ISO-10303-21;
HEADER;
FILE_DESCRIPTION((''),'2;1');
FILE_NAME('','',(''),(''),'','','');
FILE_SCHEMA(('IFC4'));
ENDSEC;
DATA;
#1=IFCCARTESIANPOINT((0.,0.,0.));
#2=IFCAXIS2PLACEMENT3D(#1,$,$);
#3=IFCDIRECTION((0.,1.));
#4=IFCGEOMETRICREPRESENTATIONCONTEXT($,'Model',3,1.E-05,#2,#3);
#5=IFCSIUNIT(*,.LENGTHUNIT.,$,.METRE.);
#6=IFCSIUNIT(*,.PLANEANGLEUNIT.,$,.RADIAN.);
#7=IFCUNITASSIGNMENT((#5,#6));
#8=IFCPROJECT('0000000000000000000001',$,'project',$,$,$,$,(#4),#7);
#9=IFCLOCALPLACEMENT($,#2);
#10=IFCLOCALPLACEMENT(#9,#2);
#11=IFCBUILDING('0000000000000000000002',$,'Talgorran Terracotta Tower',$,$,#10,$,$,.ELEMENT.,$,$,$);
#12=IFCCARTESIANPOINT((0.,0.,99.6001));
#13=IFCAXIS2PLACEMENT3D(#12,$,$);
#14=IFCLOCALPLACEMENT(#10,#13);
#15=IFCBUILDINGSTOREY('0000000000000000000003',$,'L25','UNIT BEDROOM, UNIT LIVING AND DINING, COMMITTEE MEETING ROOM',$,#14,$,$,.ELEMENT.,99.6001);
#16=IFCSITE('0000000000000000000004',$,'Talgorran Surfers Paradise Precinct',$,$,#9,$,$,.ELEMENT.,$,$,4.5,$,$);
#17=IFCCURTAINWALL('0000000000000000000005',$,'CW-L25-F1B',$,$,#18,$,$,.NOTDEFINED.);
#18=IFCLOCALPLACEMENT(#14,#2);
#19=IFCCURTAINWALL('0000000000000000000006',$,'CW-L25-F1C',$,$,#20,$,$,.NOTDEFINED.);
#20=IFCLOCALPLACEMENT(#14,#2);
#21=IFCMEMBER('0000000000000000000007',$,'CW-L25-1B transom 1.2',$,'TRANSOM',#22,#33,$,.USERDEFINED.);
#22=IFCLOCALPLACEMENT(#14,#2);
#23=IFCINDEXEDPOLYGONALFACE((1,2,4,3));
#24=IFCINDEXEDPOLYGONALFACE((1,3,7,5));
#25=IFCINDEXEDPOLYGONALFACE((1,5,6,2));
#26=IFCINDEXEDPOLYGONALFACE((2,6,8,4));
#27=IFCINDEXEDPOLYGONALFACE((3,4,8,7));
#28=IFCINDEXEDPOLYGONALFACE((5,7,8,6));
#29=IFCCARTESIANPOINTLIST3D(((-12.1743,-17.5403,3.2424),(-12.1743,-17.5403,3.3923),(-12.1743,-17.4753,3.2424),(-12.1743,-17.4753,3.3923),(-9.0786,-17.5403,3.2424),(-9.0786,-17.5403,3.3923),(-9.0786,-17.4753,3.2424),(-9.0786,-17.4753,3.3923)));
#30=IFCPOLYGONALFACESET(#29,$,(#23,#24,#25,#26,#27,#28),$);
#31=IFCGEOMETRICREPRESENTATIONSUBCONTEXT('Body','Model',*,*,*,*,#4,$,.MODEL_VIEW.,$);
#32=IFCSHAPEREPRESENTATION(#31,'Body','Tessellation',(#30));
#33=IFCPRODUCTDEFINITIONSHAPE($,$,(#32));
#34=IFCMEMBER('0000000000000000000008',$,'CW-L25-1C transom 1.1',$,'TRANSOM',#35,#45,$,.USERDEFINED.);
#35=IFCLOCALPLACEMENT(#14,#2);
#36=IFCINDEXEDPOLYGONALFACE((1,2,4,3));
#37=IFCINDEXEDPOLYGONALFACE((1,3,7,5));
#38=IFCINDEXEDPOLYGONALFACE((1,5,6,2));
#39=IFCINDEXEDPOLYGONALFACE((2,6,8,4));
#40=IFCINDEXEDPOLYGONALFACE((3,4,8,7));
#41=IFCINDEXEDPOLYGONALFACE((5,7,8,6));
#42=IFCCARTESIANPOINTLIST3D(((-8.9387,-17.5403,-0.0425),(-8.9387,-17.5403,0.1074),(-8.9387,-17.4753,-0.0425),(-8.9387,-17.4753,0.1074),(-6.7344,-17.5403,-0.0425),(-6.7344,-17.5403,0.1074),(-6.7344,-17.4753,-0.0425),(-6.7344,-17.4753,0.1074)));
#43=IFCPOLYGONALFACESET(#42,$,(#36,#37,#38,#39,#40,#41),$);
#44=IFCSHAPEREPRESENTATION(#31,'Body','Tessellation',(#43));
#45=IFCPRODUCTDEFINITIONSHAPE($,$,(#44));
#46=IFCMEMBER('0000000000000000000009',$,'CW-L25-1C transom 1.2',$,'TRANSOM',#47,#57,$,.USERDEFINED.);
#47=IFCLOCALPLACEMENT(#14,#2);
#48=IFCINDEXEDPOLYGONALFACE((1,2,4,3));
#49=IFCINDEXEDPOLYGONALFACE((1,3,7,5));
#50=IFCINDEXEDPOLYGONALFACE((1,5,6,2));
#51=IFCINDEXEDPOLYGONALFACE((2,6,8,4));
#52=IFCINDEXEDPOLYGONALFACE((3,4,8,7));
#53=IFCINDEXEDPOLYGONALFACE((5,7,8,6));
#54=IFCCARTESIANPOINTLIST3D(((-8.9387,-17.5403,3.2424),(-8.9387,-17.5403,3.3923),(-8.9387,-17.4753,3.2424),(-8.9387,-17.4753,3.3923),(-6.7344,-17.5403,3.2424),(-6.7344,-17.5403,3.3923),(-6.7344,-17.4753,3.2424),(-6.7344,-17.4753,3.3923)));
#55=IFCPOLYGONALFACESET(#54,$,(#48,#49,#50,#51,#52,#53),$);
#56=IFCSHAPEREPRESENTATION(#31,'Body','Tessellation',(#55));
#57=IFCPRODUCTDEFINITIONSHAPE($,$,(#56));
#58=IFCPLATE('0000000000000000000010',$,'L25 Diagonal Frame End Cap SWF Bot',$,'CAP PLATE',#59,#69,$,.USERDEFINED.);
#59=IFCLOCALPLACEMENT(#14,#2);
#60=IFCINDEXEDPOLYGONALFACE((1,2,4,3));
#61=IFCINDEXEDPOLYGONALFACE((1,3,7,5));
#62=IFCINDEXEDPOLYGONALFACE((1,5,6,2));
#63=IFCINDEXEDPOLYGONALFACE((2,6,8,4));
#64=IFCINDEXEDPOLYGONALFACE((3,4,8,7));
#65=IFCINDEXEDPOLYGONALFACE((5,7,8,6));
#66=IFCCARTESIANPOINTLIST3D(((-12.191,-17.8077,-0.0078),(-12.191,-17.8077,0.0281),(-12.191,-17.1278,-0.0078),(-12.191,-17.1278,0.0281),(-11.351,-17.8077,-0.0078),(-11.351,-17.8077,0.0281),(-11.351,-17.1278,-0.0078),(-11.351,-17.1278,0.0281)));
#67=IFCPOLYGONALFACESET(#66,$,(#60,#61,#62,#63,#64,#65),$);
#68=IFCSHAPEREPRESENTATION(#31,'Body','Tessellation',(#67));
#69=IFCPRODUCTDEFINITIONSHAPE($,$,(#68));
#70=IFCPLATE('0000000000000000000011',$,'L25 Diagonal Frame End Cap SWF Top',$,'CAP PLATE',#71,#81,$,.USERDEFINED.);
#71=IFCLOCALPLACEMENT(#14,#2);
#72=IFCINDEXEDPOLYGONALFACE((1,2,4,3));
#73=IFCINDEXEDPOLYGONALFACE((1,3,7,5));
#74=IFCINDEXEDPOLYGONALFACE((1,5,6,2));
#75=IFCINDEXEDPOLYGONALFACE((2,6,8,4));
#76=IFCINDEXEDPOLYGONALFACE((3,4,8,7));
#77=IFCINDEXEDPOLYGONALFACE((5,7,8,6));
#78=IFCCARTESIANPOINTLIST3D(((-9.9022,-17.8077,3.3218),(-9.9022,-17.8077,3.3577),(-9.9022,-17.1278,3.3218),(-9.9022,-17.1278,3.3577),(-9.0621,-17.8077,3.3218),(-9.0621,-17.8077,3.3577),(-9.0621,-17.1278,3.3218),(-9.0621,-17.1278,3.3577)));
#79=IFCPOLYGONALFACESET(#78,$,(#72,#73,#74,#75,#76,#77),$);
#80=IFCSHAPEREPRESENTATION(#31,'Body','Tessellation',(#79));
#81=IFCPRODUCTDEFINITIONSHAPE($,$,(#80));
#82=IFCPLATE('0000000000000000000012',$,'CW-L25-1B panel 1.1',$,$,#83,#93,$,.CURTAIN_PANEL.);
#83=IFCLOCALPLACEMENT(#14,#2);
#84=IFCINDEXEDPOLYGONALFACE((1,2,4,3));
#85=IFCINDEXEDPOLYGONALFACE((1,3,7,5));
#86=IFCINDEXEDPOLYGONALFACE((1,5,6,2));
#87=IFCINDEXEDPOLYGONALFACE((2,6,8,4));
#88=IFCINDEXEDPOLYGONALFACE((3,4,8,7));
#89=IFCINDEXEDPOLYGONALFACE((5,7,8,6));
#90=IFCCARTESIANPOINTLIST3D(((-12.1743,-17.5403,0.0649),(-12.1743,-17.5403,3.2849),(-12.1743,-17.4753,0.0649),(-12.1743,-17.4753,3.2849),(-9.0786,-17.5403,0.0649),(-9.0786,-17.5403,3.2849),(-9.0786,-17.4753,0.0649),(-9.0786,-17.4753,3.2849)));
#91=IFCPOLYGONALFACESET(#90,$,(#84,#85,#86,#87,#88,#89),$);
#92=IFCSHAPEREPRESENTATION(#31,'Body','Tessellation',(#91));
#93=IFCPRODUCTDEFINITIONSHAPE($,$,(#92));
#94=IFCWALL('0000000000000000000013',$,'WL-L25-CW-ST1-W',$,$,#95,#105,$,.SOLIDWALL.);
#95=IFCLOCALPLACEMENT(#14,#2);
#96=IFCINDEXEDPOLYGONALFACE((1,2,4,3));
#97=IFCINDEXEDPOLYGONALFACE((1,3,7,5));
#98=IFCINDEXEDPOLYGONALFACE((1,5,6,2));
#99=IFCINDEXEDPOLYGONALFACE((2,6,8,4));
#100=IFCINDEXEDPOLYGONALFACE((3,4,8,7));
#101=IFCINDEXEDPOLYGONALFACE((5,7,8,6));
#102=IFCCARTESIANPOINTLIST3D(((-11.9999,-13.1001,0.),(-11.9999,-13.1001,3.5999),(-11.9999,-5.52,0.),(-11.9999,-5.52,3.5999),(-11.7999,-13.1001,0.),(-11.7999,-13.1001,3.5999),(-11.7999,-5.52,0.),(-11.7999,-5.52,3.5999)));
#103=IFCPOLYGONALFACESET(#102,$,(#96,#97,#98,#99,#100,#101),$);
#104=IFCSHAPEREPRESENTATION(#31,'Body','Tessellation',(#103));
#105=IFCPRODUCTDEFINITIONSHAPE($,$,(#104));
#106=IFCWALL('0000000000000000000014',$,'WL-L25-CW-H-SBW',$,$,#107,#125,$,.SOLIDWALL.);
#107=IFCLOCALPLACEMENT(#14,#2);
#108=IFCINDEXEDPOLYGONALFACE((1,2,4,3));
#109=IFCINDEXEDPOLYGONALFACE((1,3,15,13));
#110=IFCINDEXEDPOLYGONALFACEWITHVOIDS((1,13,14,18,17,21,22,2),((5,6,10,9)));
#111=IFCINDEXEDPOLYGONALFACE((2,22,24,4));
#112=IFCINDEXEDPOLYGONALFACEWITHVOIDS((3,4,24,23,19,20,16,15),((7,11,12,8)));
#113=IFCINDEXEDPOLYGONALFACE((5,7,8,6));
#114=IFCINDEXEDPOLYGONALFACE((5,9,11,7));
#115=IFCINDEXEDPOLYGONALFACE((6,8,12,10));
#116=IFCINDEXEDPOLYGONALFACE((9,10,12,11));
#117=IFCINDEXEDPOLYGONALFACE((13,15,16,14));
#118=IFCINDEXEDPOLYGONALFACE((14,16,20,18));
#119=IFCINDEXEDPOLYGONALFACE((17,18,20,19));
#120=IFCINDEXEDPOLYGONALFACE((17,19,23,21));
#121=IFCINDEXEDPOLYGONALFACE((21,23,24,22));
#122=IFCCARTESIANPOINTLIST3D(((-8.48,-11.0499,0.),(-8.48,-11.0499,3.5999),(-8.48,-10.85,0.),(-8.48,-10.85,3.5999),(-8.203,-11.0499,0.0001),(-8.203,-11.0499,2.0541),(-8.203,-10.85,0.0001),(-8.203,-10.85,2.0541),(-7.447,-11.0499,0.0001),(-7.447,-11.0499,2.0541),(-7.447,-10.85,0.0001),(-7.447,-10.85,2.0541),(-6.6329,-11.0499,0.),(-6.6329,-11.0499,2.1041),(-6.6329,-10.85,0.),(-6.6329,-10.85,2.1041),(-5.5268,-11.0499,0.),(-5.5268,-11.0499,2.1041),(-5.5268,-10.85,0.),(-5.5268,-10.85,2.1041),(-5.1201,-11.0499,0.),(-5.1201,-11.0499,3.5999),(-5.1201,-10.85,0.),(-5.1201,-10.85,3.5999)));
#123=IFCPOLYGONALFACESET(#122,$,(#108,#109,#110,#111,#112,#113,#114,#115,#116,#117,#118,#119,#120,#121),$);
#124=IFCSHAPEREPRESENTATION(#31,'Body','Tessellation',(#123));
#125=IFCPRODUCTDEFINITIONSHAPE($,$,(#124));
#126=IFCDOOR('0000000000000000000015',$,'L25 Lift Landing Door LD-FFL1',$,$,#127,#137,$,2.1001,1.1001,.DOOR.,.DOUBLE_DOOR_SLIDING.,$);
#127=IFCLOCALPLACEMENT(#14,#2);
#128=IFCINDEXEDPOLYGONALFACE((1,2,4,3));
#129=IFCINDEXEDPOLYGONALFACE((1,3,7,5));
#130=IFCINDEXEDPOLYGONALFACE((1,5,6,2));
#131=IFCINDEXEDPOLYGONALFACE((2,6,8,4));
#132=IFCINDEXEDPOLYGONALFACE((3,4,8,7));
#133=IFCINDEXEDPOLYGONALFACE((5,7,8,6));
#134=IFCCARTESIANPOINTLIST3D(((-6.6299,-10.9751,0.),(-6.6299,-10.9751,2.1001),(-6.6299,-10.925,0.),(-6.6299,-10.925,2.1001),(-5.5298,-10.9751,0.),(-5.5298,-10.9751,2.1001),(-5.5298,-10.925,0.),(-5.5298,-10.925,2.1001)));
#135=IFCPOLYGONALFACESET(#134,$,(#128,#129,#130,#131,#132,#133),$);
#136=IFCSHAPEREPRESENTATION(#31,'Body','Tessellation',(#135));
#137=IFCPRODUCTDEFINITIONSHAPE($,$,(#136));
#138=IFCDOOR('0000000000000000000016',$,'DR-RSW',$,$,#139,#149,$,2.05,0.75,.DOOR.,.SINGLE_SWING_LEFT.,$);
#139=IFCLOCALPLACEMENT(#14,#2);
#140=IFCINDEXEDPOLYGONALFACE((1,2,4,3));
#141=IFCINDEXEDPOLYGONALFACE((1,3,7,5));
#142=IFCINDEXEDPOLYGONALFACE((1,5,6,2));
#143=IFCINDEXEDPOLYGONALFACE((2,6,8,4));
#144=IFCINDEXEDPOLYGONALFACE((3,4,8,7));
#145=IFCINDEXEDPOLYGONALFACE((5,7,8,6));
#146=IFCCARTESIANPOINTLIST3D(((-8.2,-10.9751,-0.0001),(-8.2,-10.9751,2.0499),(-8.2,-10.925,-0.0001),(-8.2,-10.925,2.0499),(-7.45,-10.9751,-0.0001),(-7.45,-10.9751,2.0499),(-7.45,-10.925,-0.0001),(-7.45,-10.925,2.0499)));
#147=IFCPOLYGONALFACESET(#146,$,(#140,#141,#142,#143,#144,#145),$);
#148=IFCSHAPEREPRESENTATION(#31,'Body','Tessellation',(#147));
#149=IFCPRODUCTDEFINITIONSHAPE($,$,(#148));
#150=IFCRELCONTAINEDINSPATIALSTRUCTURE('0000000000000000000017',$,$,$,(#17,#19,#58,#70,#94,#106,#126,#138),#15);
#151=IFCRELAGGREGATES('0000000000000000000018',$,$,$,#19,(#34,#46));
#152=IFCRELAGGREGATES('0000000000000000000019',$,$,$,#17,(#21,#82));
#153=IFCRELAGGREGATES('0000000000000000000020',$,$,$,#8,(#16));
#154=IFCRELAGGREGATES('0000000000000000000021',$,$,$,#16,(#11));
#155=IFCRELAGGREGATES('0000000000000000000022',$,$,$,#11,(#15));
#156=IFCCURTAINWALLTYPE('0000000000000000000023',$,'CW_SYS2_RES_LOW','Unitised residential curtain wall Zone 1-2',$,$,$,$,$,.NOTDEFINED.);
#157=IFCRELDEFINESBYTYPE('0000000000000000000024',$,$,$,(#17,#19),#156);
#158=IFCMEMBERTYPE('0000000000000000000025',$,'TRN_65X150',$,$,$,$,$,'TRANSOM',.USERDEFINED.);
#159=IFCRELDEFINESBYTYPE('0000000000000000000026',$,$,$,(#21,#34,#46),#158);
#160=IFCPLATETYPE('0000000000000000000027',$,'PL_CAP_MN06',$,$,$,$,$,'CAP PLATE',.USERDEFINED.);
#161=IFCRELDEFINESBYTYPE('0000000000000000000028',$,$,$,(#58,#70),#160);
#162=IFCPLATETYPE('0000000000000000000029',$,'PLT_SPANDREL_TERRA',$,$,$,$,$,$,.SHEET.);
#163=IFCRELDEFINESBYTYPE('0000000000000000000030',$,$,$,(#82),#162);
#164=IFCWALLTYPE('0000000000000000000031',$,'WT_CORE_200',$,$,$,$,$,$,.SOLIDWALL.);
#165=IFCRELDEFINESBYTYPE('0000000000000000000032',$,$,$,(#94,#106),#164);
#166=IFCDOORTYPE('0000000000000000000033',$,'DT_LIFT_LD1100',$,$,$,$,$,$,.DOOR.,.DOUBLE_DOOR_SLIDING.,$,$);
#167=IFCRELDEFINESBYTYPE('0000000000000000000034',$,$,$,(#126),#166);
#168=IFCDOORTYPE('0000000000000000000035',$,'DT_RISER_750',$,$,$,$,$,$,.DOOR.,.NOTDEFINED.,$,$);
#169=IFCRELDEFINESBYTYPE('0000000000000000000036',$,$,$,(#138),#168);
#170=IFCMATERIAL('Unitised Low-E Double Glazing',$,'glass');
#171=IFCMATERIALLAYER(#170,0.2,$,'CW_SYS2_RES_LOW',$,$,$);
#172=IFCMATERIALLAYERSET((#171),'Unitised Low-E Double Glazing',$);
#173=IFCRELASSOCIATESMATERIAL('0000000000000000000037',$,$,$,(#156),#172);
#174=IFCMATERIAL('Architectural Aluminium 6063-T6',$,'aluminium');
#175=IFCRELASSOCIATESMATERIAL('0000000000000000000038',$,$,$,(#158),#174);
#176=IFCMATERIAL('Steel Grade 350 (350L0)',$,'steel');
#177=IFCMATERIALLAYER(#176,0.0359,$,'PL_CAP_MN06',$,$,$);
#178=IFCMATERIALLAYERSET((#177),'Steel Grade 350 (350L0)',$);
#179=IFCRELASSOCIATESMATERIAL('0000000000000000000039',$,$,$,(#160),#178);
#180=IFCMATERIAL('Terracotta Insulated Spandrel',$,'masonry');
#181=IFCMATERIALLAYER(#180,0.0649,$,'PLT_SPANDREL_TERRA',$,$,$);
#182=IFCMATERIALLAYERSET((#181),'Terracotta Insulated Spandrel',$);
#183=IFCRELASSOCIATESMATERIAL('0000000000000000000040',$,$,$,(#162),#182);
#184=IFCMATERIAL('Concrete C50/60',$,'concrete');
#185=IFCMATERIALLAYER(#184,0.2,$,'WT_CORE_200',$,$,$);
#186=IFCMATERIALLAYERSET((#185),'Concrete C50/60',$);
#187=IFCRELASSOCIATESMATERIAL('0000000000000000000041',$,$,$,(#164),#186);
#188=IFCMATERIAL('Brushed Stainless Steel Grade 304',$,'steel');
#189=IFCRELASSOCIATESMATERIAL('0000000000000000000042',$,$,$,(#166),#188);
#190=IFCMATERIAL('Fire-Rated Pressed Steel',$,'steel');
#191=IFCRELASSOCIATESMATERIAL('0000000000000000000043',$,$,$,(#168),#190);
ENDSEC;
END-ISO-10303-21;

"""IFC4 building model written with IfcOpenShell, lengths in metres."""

from ifc_helpers import new_model, si_unit, direction, frame, frame_2d, origin, origin_2d, place, context, subcontext, project, spatial, rectangle, extrude, source, transform, mapped, material, layer, layer_set, material_profile, profile_set, type_object, type_shapes, element, fill, aggregate, save


model = new_model("IFC4")

# Units and contexts
model_context = context("Model", 3, precision=1e-05, world=origin(), true_north=direction((0.0, 1.0)))
body_context = subcontext(model_context, "Body", "Model", "MODEL_VIEW")
ifc_project = project(units=[si_unit("LENGTHUNIT", "METRE"), si_unit("PLANEANGLEUNIT", "RADIAN")], contexts=[model_context])

# Site, building, storey
site_placement = place(None, origin())
site = spatial("IfcSite", under=ifc_project, at=site_placement, Name="Talgorran Surfers Paradise Precinct", CompositionType="ELEMENT", RefElevation=4.5)
building_placement = place(site_placement, origin())
building = spatial("IfcBuilding", under=site, at=building_placement, Name="Talgorran Terracotta Tower", CompositionType="ELEMENT")
storey_placement = place(building_placement, frame((0.0, 0.0, 99.6001)))
storey = spatial("IfcBuildingStorey", under=building, at=storey_placement, Name="L25", Description="UNIT BEDROOM, UNIT LIVING AND DINING, COMMITTEE MEETING ROOM", CompositionType="ELEMENT", Elevation=99.6001)

# Shared definitions
ifc_material_1 = material(Name="Steel Grade 350 (350L0)", Category="steel")

# Curtain walls
ifc_material_2 = material(Name="Unitised Low-E Double Glazing", Category="glass")
ifc_layer_1 = layer(ifc_material_2, 0.2, Name="CW_SYS2_RES_LOW")
ifc_layer_set_1 = layer_set([ifc_layer_1], Name="Unitised Low-E Double Glazing")
curtain_wall_type = type_object("IfcCurtainWallType", Name="CW_SYS2_RES_LOW", Description="Unitised residential curtain wall Zone 1-2", PredefinedType="NOTDEFINED", material=ifc_layer_set_1)
curtain_wall_1_placement = place(storey_placement, origin())
curtain_wall_1 = element("IfcCurtainWall", 1, at=curtain_wall_1_placement, inside=storey, type_object=curtain_wall_type, Name="CW-L25-F1B", PredefinedType="NOTDEFINED")
ifc_material_3 = material(Name="Architectural Aluminium 6063-T6", Category="aluminium")
curtain_wall_2_placement = place(storey_placement, origin())
curtain_wall_2 = element("IfcCurtainWall", 2, at=curtain_wall_2_placement, inside=storey, type_object=curtain_wall_type, Name="CW-L25-F1C", PredefinedType="NOTDEFINED")

# Members
ifc_material_profile_1 = material_profile(ifc_material_3, rectangle(XDim=0.0649, YDim=0.1499, at=origin_2d()), Name="CWT65X150")
ifc_profile_set_1 = profile_set([ifc_material_profile_1], Name="Architectural Aluminium 6063-T6")
member_type_1 = type_object("IfcMemberType", Name="TRN_65X150", ElementType="TRANSOM", PredefinedType="USERDEFINED", material=ifc_profile_set_1)
member_1_placement = place(storey_placement, frame((-12.1743, -17.5078, 3.3174), z_axis=(1.0, 0.0, 0.0), x_axis=(0.0, 1.0, 0.0)))
member_1 = element("IfcMember", 3, at=member_1_placement, type_object=member_type_1, Name="CW-L25-1B transom 1.2", ObjectType="TRANSOM", PredefinedType="USERDEFINED", context=body_context, shape_type="SweptSolid", body=[
    extrude(rectangle(XDim=0.0649, YDim=0.1499, at=origin_2d()), origin(), (0.0, 0.0, 1.0), 3.0957),
])
member_2_placement = place(storey_placement, frame((-8.9387, -17.5078, 0.0325), z_axis=(1.0, 0.0, 0.0), x_axis=(0.0, 1.0, 0.0)))
member_2 = element("IfcMember", 4, at=member_2_placement, type_object=member_type_1, Name="CW-L25-1C transom 1.1", ObjectType="TRANSOM", PredefinedType="USERDEFINED", context=body_context, shape_type="SweptSolid", body=[
    extrude(rectangle(XDim=0.0649, YDim=0.1499, at=origin_2d()), origin(), (0.0, 0.0, 1.0), 2.2043),
])
member_3_placement = place(storey_placement, frame((-8.9387, -17.5078, 3.3174), z_axis=(1.0, 0.0, 0.0), x_axis=(0.0, 1.0, 0.0)))
member_3 = element("IfcMember", 5, at=member_3_placement, type_object=member_type_1, Name="CW-L25-1C transom 1.2", ObjectType="TRANSOM", PredefinedType="USERDEFINED", context=body_context, shape_type="SweptSolid", body=[
    extrude(rectangle(XDim=0.0649, YDim=0.1499, at=origin_2d()), origin(), (0.0, 0.0, 1.0), 2.2043),
])
aggregate(curtain_wall_2, [member_2, member_3])

# Plates
ifc_layer_2 = layer(ifc_material_1, 0.0359, Name="PL_CAP_MN06")
ifc_layer_set_2 = layer_set([ifc_layer_2], Name="Steel Grade 350 (350L0)")
plate_type_1 = type_object("IfcPlateType", Name="PL_CAP_MN06", ElementType="CAP PLATE", PredefinedType="USERDEFINED", material=ifc_layer_set_2)
for number, where, z_axis, x_axis, name in (
    (6, (-11.771, -17.4678, -0.0078), (0.0, 0.0, 1.0), (1.0, 0.0, 0.0), "L25 Diagonal Frame End Cap SWF Bot"),
    (7, (-9.4822, -17.4678, 3.3218), (0.0, 0.0, 1.0), (1.0, 0.0, 0.0), "L25 Diagonal Frame End Cap SWF Top"),
):
    element("IfcPlate", number, at=place(storey_placement, frame(where, z_axis=z_axis, x_axis=x_axis)), inside=storey, type_object=plate_type_1, Name=name, ObjectType="CAP PLATE", PredefinedType="USERDEFINED", context=body_context, shape_type="SweptSolid", body=[
        extrude(rectangle(XDim=0.8401, YDim=0.6799, at=origin_2d()), origin(), (0.0, 0.0, 1.0), 0.0359),
    ])

# Plate
ifc_material_4 = material(Name="Terracotta Insulated Spandrel", Category="masonry")
ifc_layer_3 = layer(ifc_material_4, 0.0649, Name="PLT_SPANDREL_TERRA")
ifc_layer_set_3 = layer_set([ifc_layer_3], Name="Terracotta Insulated Spandrel")
plate_type_2 = type_object("IfcPlateType", Name="PLT_SPANDREL_TERRA", PredefinedType="SHEET", material=ifc_layer_set_3)
shared_shape = source(origin(), body_context, "Body", "SweptSolid", [
    extrude(rectangle(XDim=3.0957, YDim=0.0649, at=origin_2d()), origin(), (0.0, 0.0, 1.0), 3.22),
])
type_shapes(plate_type_2, [shared_shape])
plate_placement = place(storey_placement, frame((-10.6265, -17.5078, 0.0649), z_axis=(0.0, 0.0, 1.0), x_axis=(1.0, 0.0, 0.0)))
plate = element("IfcPlate", 8, at=plate_placement, type_object=plate_type_2, Name="CW-L25-1B panel 1.1", PredefinedType="CURTAIN_PANEL", context=body_context, shape_type="MappedRepresentation", body=[
    mapped(shared_shape, transform((0.0, 0.0, 0.0), scale=1.0)),
])
aggregate(curtain_wall_1, [member_1, plate])

# Wall
ifc_material_5 = material(Name="Concrete C50/60", Category="concrete")
ifc_layer_4 = layer(ifc_material_5, 0.2, Name="WT_CORE_200")
ifc_layer_set_4 = layer_set([ifc_layer_4], Name="Concrete C50/60")
wall_type_1 = type_object("IfcWallType", Name="WT_CORE_200", PredefinedType="SOLIDWALL", material=ifc_layer_set_4)
wall_1_placement = place(storey_placement, frame((-11.8999, -13.1001, 0.0), z_axis=(0.0, 0.0, 1.0), x_axis=(0.0, 1.0, 0.0)))
element("IfcWall", 9, at=wall_1_placement, inside=storey, type_object=wall_type_1, Name="WL-L25-CW-ST1-W", PredefinedType="SOLIDWALL", context=body_context, shape_type="SweptSolid", body=[
    extrude(rectangle(XDim=7.5801, YDim=0.2, at=frame_2d((3.79, 0.0))), origin(), (0.0, 0.0, 1.0), 3.5999),
])

# Wall, openings, doors
wall_2_placement = place(storey_placement, frame((-8.48, -10.95, 0.0), z_axis=(0.0, 0.0, 1.0), x_axis=(1.0, 0.0, 0.0)))
wall_2 = element("IfcWall", 10, at=wall_2_placement, inside=storey, type_object=wall_type_1, Name="WL-L25-CW-H-SBW", PredefinedType="SOLIDWALL", context=body_context, shape_type="SweptSolid", body=[
    extrude(rectangle(XDim=3.3599, YDim=0.2, at=frame_2d((1.6799, 0.0))), origin(), (0.0, 0.0, 1.0), 3.5999),
])
opening_1_placement = place(wall_2_placement, frame((0.28, 0.0, 0.0)))
opening_1 = element("IfcOpeningElement", 11, at=opening_1_placement, cuts=wall_2, PredefinedType="OPENING", context=body_context, shape_type="SweptSolid", body=[
    extrude(rectangle(XDim=0.756, YDim=2.054, at=frame_2d((0.375, 1.0271))), frame((0.0, 0.1099, 0.0), z_axis=(0.0, -1.0, 0.0), x_axis=(1.0, 0.0, 0.0)), (0.0, 0.0, 1.0), 0.22),
])
opening_2_placement = place(wall_2_placement, frame((1.8501, 0.0, 0.0)))
opening_2 = element("IfcOpeningElement", 12, at=opening_2_placement, cuts=wall_2, PredefinedType="OPENING", context=body_context, shape_type="SweptSolid", body=[
    extrude(rectangle(XDim=1.1061, YDim=2.1041, at=frame_2d((0.55, 1.052))), frame((0.0, 0.1099, 0.0), z_axis=(0.0, -1.0, 0.0), x_axis=(1.0, 0.0, 0.0)), (0.0, 0.0, 1.0), 0.22),
])
ifc_material_6 = material(Name="Brushed Stainless Steel Grade 304", Category="steel")
door_type_1 = type_object("IfcDoorType", Name="DT_LIFT_LD1100", OperationType="DOUBLE_DOOR_SLIDING", PredefinedType="DOOR", material=ifc_material_6)
door_1_placement = place(opening_2_placement, origin())
door_1 = element("IfcDoor", 13, at=door_1_placement, inside=storey, type_object=door_type_1, Name="L25 Lift Landing Door LD-FFL1", OperationType="DOUBLE_DOOR_SLIDING", OverallHeight=2.1001, OverallWidth=1.1001, PredefinedType="DOOR", context=body_context, shape_type="SweptSolid", body=[
    extrude(rectangle(XDim=1.1001, YDim=2.1001, at=frame_2d((0.55, 1.05))), frame((0.0, 0.0249, 0.0), z_axis=(0.0, -1.0, 0.0), x_axis=(1.0, 0.0, 0.0)), (0.0, 0.0, 1.0), 0.05),
])
fill(opening_2, door_1)
ifc_material_7 = material(Name="Fire-Rated Pressed Steel", Category="steel")
door_type_2 = type_object("IfcDoorType", Name="DT_RISER_750", OperationType="NOTDEFINED", PredefinedType="DOOR", material=ifc_material_7)
door_2_placement = place(opening_1_placement, origin())
door_2 = element("IfcDoor", 14, at=door_2_placement, inside=storey, type_object=door_type_2, Name="DR-RSW", OperationType="SINGLE_SWING_LEFT", OverallHeight=2.05, OverallWidth=0.75, PredefinedType="DOOR", context=body_context, shape_type="SweptSolid", body=[
    extrude(rectangle(XDim=0.75, YDim=2.05, at=frame_2d((0.375, 1.0249))), frame((0.0, 0.0249, 0.0), z_axis=(0.0, -1.0, 0.0), x_axis=(1.0, 0.0, 0.0)), (0.0, 0.0, 1.0), 0.05),
])
fill(opening_1, door_2)

save(model, "model.ifc")
